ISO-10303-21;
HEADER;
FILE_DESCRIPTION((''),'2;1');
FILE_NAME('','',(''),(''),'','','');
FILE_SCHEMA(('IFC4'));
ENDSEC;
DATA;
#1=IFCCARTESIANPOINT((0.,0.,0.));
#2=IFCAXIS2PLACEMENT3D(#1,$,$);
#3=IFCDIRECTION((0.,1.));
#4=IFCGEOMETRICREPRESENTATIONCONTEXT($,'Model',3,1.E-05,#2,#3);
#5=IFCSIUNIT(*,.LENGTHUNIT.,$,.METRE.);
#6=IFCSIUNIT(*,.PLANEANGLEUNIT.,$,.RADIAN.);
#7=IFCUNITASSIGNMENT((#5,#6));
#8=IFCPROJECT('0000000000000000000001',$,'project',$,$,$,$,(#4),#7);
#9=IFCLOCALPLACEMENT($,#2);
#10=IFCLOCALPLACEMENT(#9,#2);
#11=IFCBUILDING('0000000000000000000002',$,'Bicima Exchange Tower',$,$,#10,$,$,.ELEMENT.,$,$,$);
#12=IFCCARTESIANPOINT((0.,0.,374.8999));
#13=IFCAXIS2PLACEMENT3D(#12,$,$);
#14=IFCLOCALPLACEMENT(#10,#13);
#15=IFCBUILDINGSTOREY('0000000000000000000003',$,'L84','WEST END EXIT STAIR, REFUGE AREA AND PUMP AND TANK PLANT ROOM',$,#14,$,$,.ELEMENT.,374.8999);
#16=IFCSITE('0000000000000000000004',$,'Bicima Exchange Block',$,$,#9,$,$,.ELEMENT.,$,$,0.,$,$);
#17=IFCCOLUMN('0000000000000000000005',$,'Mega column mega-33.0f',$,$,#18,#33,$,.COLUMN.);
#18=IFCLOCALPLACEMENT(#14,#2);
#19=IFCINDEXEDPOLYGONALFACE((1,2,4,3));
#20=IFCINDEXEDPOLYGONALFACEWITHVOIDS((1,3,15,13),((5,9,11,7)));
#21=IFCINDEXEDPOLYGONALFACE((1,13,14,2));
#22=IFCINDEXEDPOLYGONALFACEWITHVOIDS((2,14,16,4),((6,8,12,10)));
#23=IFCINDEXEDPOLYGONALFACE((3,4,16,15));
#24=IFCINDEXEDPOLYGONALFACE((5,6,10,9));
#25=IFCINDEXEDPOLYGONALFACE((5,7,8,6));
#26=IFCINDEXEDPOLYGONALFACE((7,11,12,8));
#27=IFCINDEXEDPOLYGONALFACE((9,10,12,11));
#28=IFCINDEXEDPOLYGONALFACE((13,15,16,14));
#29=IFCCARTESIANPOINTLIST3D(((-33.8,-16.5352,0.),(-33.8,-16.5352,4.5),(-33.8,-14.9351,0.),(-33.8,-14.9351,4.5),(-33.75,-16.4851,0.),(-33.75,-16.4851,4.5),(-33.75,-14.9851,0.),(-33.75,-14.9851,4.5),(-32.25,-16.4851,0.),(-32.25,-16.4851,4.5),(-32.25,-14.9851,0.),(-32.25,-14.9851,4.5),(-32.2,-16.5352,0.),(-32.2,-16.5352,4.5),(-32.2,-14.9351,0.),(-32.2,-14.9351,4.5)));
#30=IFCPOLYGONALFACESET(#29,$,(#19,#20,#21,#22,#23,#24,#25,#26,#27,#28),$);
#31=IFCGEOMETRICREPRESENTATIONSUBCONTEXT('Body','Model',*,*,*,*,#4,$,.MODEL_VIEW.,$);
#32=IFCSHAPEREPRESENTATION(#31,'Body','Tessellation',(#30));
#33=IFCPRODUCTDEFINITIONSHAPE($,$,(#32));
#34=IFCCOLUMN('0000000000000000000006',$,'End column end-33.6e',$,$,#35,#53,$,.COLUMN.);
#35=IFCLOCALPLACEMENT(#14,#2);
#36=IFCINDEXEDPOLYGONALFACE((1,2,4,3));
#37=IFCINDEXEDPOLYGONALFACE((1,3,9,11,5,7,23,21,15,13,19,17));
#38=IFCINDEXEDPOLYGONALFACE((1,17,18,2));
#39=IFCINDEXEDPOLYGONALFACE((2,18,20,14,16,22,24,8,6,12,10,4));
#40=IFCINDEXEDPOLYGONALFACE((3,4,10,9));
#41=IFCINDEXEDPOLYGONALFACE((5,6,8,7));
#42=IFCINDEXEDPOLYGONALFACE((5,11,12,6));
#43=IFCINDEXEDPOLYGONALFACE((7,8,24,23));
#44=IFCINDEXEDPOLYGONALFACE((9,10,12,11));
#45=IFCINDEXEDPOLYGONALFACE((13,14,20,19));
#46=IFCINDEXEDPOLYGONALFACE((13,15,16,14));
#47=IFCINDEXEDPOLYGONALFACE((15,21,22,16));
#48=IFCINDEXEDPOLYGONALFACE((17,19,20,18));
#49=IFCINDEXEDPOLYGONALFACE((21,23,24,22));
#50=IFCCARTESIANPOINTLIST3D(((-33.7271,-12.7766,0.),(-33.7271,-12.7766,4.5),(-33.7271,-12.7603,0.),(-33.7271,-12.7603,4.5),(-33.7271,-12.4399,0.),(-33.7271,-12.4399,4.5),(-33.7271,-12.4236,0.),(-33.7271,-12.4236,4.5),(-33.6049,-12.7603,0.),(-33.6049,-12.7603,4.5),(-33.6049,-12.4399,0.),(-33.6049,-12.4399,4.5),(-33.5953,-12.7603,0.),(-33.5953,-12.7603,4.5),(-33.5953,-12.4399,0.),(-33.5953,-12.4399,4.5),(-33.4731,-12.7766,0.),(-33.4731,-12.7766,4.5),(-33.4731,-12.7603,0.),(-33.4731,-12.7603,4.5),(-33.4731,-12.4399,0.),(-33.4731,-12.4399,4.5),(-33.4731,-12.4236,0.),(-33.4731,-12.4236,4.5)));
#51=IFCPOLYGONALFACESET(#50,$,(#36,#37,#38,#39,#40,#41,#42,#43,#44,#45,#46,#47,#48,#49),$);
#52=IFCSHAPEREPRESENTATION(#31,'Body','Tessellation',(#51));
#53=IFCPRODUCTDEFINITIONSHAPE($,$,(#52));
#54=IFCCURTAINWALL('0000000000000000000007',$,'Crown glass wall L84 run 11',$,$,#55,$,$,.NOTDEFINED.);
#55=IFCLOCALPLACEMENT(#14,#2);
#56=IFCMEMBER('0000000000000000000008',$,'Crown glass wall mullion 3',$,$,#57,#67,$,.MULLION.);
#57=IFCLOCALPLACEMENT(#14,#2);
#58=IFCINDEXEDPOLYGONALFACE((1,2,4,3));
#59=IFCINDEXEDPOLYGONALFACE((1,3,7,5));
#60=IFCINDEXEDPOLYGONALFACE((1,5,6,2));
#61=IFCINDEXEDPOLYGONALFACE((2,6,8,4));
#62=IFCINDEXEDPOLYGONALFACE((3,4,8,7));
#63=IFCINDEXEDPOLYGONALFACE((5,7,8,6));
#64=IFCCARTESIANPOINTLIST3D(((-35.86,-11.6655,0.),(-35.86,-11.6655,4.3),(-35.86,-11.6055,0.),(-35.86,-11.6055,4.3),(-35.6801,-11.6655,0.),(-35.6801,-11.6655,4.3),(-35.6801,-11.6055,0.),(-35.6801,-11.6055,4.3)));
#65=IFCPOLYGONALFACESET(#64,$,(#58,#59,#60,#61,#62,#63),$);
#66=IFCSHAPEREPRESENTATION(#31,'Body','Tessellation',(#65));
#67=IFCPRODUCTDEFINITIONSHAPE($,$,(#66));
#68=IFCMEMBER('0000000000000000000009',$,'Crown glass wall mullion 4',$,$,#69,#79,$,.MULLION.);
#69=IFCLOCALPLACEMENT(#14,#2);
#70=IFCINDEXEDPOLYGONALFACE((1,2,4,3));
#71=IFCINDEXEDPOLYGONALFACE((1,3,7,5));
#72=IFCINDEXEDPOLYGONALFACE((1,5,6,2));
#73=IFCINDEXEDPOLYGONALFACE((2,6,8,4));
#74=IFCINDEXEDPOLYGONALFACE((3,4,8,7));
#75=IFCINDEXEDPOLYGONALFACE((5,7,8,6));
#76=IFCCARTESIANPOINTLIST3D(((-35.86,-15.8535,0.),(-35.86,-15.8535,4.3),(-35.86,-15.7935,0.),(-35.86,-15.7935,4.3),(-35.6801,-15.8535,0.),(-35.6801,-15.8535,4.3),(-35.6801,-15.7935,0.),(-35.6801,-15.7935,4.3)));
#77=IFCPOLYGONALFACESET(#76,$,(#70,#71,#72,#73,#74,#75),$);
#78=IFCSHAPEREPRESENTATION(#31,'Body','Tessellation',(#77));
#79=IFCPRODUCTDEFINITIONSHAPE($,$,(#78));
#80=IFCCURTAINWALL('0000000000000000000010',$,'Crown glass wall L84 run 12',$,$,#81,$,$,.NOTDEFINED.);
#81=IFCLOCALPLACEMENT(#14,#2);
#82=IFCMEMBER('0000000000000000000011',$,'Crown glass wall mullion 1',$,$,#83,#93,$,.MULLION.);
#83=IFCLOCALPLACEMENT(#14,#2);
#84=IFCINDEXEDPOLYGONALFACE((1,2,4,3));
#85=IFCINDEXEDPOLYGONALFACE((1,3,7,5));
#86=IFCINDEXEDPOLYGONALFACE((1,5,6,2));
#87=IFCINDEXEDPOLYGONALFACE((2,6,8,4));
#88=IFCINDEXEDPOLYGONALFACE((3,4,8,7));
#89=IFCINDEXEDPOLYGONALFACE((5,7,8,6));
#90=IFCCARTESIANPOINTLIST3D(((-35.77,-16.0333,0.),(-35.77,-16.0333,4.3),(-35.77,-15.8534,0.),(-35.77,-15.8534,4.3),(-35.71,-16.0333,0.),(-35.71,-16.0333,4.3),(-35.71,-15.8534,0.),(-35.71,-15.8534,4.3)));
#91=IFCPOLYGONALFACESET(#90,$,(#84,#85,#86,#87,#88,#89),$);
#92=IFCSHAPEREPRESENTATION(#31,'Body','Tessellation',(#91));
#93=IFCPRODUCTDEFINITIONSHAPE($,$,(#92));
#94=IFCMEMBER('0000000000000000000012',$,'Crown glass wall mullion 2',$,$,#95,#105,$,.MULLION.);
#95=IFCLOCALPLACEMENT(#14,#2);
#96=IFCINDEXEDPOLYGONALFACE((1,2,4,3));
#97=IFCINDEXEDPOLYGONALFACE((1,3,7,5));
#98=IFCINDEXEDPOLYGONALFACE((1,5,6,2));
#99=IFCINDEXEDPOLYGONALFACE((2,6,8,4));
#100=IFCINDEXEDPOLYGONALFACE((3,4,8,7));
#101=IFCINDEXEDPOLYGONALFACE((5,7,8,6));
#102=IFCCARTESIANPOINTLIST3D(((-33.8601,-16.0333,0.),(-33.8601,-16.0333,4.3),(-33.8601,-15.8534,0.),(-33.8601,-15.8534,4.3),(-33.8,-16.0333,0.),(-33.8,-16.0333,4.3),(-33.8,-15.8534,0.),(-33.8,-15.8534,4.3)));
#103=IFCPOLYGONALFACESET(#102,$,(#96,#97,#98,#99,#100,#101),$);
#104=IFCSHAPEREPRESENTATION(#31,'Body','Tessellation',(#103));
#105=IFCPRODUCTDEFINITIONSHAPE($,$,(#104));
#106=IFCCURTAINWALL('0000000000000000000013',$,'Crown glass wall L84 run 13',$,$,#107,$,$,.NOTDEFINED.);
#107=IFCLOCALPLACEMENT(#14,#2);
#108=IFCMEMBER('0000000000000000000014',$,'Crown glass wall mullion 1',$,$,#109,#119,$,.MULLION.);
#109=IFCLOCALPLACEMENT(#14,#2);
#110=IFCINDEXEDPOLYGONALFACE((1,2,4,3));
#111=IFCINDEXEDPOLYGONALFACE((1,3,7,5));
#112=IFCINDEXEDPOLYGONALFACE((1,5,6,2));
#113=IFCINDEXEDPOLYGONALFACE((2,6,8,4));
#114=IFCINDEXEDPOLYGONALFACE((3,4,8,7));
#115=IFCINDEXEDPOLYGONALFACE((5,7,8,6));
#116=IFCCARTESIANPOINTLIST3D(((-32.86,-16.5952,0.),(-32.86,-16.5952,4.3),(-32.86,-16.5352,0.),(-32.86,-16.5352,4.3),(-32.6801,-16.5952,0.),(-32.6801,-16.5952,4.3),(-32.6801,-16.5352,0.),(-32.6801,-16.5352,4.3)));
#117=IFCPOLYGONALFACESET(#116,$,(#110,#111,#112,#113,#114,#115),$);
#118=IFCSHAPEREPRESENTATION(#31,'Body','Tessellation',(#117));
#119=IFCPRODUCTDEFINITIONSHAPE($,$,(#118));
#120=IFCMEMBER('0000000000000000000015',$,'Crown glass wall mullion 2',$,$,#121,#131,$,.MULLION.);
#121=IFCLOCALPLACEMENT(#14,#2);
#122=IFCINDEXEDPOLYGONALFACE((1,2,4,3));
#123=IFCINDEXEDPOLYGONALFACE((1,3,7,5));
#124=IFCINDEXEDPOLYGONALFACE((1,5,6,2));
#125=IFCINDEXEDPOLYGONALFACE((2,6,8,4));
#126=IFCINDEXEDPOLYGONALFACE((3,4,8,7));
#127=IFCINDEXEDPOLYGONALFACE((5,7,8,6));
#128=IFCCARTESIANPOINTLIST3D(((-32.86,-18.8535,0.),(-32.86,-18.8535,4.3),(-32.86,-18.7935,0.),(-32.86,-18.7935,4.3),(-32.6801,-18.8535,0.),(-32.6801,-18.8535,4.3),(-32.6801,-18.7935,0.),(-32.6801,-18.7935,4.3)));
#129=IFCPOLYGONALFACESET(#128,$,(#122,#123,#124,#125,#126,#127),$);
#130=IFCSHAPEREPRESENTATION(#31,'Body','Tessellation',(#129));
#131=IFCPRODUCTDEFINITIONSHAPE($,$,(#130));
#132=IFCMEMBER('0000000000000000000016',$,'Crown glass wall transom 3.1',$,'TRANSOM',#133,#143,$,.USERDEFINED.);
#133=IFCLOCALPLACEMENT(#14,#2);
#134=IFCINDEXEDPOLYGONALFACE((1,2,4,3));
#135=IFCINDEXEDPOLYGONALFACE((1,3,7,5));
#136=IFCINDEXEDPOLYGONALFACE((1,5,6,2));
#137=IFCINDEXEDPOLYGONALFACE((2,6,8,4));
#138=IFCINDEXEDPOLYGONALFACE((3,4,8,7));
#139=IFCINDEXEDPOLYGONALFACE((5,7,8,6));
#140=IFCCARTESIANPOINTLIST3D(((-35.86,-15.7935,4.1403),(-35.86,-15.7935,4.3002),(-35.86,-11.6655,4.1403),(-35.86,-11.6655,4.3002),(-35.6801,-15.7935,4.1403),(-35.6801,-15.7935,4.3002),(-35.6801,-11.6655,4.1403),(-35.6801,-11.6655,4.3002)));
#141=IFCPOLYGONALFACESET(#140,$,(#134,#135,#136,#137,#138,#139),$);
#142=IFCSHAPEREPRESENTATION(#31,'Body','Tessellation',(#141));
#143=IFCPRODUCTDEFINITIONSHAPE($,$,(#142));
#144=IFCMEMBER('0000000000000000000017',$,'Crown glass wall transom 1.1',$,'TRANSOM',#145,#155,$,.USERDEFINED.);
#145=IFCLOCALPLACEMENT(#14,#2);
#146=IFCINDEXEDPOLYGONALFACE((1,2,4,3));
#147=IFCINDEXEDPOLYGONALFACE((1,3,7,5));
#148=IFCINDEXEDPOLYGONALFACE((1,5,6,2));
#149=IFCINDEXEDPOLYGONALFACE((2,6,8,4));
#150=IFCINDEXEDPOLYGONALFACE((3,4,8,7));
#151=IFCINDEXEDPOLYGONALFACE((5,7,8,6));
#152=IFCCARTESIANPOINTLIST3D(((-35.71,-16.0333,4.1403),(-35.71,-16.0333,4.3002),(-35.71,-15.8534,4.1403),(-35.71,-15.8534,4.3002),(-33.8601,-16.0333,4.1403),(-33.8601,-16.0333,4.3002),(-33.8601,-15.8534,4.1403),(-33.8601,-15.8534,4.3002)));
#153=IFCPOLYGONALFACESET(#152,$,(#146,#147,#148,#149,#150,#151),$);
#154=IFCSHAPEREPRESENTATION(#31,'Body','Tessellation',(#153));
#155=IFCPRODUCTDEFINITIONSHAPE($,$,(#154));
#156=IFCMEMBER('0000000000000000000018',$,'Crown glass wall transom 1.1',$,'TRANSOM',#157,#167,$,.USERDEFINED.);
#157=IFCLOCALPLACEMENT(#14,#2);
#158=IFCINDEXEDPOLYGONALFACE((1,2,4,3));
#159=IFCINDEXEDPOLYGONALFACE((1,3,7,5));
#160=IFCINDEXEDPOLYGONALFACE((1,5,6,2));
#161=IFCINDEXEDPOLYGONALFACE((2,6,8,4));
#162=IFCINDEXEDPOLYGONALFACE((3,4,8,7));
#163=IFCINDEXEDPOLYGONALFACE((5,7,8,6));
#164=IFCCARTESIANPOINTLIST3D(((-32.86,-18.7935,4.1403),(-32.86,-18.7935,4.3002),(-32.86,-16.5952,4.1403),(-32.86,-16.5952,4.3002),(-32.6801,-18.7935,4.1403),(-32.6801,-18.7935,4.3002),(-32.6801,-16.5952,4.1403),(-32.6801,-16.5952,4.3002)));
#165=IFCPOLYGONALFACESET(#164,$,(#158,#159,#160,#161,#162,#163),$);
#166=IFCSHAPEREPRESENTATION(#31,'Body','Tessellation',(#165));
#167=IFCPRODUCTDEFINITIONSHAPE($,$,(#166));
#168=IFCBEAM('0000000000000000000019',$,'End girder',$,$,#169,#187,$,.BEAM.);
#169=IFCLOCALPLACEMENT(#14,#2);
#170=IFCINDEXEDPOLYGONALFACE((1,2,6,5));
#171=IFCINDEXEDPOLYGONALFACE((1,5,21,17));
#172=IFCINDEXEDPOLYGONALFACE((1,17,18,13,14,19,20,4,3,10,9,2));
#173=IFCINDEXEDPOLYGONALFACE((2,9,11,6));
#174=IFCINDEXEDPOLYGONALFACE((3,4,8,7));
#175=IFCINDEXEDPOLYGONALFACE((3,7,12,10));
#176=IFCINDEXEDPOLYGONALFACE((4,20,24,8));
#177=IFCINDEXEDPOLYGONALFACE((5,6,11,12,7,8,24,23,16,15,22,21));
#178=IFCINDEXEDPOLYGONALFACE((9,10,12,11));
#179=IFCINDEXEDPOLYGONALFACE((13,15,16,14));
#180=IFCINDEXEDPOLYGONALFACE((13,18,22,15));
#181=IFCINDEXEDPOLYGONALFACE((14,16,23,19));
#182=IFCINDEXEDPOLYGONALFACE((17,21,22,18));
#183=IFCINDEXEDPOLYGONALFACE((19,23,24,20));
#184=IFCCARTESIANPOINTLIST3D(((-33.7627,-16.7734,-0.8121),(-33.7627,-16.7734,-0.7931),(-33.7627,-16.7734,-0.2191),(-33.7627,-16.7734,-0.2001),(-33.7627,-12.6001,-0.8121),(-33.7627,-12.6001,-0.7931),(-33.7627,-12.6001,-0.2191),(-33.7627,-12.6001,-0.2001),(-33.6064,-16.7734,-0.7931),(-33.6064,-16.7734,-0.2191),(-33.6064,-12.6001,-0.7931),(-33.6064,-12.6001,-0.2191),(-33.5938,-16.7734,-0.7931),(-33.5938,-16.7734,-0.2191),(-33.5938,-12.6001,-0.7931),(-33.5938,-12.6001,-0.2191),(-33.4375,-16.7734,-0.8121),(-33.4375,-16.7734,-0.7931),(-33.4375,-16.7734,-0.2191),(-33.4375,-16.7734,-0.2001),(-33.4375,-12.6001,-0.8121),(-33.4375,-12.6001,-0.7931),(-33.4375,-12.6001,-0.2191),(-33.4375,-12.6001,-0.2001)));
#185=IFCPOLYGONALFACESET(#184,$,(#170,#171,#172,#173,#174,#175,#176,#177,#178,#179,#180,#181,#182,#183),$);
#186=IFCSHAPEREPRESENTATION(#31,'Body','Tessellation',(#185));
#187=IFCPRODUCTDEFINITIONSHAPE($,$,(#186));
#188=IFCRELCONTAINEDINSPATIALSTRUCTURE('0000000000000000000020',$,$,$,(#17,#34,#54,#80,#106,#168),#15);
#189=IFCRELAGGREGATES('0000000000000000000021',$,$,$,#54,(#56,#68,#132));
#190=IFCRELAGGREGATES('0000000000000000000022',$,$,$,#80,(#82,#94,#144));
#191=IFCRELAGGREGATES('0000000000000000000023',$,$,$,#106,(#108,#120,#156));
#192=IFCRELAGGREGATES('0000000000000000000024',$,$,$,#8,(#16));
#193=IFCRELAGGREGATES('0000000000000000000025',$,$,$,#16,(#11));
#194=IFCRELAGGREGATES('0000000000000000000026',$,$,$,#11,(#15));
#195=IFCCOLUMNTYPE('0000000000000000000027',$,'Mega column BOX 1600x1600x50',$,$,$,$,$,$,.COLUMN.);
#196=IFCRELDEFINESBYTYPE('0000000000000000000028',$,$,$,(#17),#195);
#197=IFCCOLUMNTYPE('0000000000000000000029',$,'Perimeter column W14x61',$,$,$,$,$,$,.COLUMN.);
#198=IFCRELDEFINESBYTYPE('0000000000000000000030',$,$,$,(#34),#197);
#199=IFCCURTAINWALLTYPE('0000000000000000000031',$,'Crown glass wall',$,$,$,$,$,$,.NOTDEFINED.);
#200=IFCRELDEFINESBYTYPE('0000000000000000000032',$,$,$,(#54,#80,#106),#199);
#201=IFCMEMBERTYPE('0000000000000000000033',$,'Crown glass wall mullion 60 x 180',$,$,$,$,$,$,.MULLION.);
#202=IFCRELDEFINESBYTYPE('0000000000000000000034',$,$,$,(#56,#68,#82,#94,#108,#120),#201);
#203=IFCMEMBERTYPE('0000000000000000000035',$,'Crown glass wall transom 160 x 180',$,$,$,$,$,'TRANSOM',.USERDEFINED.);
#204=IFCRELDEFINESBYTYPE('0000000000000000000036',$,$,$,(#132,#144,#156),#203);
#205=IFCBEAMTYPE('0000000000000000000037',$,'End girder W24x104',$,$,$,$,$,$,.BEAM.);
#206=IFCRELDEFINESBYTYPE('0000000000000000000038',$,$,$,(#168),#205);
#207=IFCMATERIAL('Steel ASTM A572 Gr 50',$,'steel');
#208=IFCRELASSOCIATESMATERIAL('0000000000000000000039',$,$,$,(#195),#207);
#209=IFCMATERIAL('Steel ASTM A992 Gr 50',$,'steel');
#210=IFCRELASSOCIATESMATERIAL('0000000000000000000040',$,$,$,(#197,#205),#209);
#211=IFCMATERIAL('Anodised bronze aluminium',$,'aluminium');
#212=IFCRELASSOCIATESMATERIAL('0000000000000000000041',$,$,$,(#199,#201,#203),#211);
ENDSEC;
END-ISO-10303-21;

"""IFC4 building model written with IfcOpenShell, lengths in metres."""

from ifc_helpers import new_model, si_unit, direction, frame, origin, origin_2d, place, context, subcontext, project, spatial, rectangle, hollow_rectangle, i_section, extrude, material, material_profile, profile_set, type_object, element, aggregate, save


model = new_model("IFC4")

# Units and contexts
model_context = context("Model", 3, precision=1e-05, world=origin(), true_north=direction((0.0, 1.0)))
body_context = subcontext(model_context, "Body", "Model", "MODEL_VIEW")
ifc_project = project(units=[si_unit("LENGTHUNIT", "METRE"), si_unit("PLANEANGLEUNIT", "RADIAN")], contexts=[model_context])

# Site, building, storey
site_placement = place(None, origin())
site = spatial("IfcSite", under=ifc_project, at=site_placement, Name="Bicima Exchange Block", CompositionType="ELEMENT", RefElevation=0.0)
building_placement = place(site_placement, origin())
building = spatial("IfcBuilding", under=site, at=building_placement, Name="Bicima Exchange Tower", CompositionType="ELEMENT")
storey_placement = place(building_placement, frame((0.0, 0.0, 374.8999)))
storey = spatial("IfcBuildingStorey", under=building, at=storey_placement, Name="L84", Description="WEST END EXIT STAIR, REFUGE AREA AND PUMP AND TANK PLANT ROOM", CompositionType="ELEMENT", Elevation=374.8999)

# Columns
ifc_material_1 = material(Name="Steel ASTM A572 Gr 50", Category="steel")
ifc_material_profile_1 = material_profile(ifc_material_1, hollow_rectangle(XDim=1.6001, YDim=1.6001, WallThickness=0.05, at=origin_2d()))
ifc_profile_set_1 = profile_set([ifc_material_profile_1], Name="Steel ASTM A572 Gr 50")
column_type_1 = type_object("IfcColumnType", Name="Mega column BOX 1600x1600x50", PredefinedType="COLUMN", material=ifc_profile_set_1)
column_1_placement = place(storey_placement, frame((-33.0, -15.7351, 0.0), z_axis=(0.0, 0.0, 1.0), x_axis=(1.0, 0.0, 0.0)))
element("IfcColumn", 1, at=column_1_placement, inside=storey, type_object=column_type_1, Name="Mega column mega-33.0f", PredefinedType="COLUMN", context=body_context, shape_type="SweptSolid", body=[
    extrude(hollow_rectangle(XDim=1.6001, YDim=1.6001, WallThickness=0.05, at=origin_2d()), origin(), (0.0, 0.0, 1.0), 4.5),
])
ifc_material_2 = material(Name="Steel ASTM A992 Gr 50", Category="steel")
ifc_material_profile_2 = material_profile(ifc_material_2, i_section(OverallWidth=0.2539, OverallDepth=0.353, WebThickness=0.0095, FlangeThickness=0.0164, at=origin_2d()))
ifc_profile_set_2 = profile_set([ifc_material_profile_2], Name="Steel ASTM A992 Gr 50")
column_type_2 = type_object("IfcColumnType", Name="Perimeter column W14x61", PredefinedType="COLUMN", material=ifc_profile_set_2)
column_2_placement = place(storey_placement, frame((-33.6001, -12.6001, 0.0), z_axis=(0.0, 0.0, 1.0), x_axis=(1.0, 0.0, 0.0)))
element("IfcColumn", 2, at=column_2_placement, inside=storey, type_object=column_type_2, Name="End column end-33.6e", PredefinedType="COLUMN", context=body_context, shape_type="SweptSolid", body=[
    extrude(i_section(OverallWidth=0.2539, OverallDepth=0.353, WebThickness=0.0095, FlangeThickness=0.0164, at=origin_2d()), origin(), (0.0, 0.0, 1.0), 4.5),
])

# Curtain walls, members
ifc_material_3 = material(Name="Anodised bronze aluminium", Category="aluminium")
curtain_wall_type = type_object("IfcCurtainWallType", Name="Crown glass wall", PredefinedType="NOTDEFINED", material=ifc_material_3)
curtain_wall_1_placement = place(storey_placement, origin())
curtain_wall_1 = element("IfcCurtainWall", 3, at=curtain_wall_1_placement, inside=storey, type_object=curtain_wall_type, Name="Crown glass wall L84 run 11", PredefinedType="NOTDEFINED")
ifc_material_profile_3 = material_profile(ifc_material_3, rectangle(XDim=0.1799, YDim=0.0601, at=origin_2d()))
ifc_profile_set_3 = profile_set([ifc_material_profile_3], Name="Anodised bronze aluminium")
member_type_1 = type_object("IfcMemberType", Name="Crown glass wall mullion 60 x 180", PredefinedType="MULLION", material=ifc_profile_set_3)
member_1_placement = place(storey_placement, frame((-35.77, -11.6355, 0.0), z_axis=(0.0, 0.0, 1.0), x_axis=(1.0, 0.0, 0.0)))
member_1 = element("IfcMember", 4, at=member_1_placement, type_object=member_type_1, Name="Crown glass wall mullion 3", PredefinedType="MULLION", context=body_context, shape_type="SweptSolid", body=[
    extrude(rectangle(XDim=0.1799, YDim=0.0601, at=origin_2d()), origin(), (0.0, 0.0, 1.0), 4.3),
])
member_2_placement = place(storey_placement, frame((-35.77, -15.8235, 0.0), z_axis=(0.0, 0.0, 1.0), x_axis=(1.0, 0.0, 0.0)))
member_2 = element("IfcMember", 5, at=member_2_placement, type_object=member_type_1, Name="Crown glass wall mullion 4", PredefinedType="MULLION", context=body_context, shape_type="SweptSolid", body=[
    extrude(rectangle(XDim=0.1799, YDim=0.0601, at=origin_2d()), origin(), (0.0, 0.0, 1.0), 4.3),
])
curtain_wall_2_placement = place(storey_placement, origin())
curtain_wall_2 = element("IfcCurtainWall", 6, at=curtain_wall_2_placement, inside=storey, type_object=curtain_wall_type, Name="Crown glass wall L84 run 12", PredefinedType="NOTDEFINED")
member_3_placement = place(storey_placement, frame((-35.74, -15.9434, 0.0), z_axis=(0.0, 0.0, 1.0), x_axis=(0.0, 1.0, 0.0)))
member_3 = element("IfcMember", 7, at=member_3_placement, type_object=member_type_1, Name="Crown glass wall mullion 1", PredefinedType="MULLION", context=body_context, shape_type="SweptSolid", body=[
    extrude(rectangle(XDim=0.1799, YDim=0.0601, at=origin_2d()), origin(), (0.0, 0.0, 1.0), 4.3),
])
member_4_placement = place(storey_placement, frame((-33.8301, -15.9434, 0.0), z_axis=(0.0, 0.0, 1.0), x_axis=(0.0, 1.0, 0.0)))
member_4 = element("IfcMember", 8, at=member_4_placement, type_object=member_type_1, Name="Crown glass wall mullion 2", PredefinedType="MULLION", context=body_context, shape_type="SweptSolid", body=[
    extrude(rectangle(XDim=0.1799, YDim=0.0601, at=origin_2d()), origin(), (0.0, 0.0, 1.0), 4.3),
])
curtain_wall_3_placement = place(storey_placement, origin())
curtain_wall_3 = element("IfcCurtainWall", 9, at=curtain_wall_3_placement, inside=storey, type_object=curtain_wall_type, Name="Crown glass wall L84 run 13", PredefinedType="NOTDEFINED")
member_5_placement = place(storey_placement, frame((-32.77, -16.5652, 0.0), z_axis=(0.0, 0.0, 1.0), x_axis=(1.0, 0.0, 0.0)))
member_5 = element("IfcMember", 10, at=member_5_placement, type_object=member_type_1, Name="Crown glass wall mullion 1", PredefinedType="MULLION", context=body_context, shape_type="SweptSolid", body=[
    extrude(rectangle(XDim=0.1799, YDim=0.0601, at=origin_2d()), origin(), (0.0, 0.0, 1.0), 4.3),
])
member_6_placement = place(storey_placement, frame((-32.77, -18.8235, 0.0), z_axis=(0.0, 0.0, 1.0), x_axis=(1.0, 0.0, 0.0)))
member_6 = element("IfcMember", 11, at=member_6_placement, type_object=member_type_1, Name="Crown glass wall mullion 2", PredefinedType="MULLION", context=body_context, shape_type="SweptSolid", body=[
    extrude(rectangle(XDim=0.1799, YDim=0.0601, at=origin_2d()), origin(), (0.0, 0.0, 1.0), 4.3),
])

# Members
ifc_material_profile_4 = material_profile(ifc_material_3, rectangle(XDim=0.1799, YDim=0.1599, at=origin_2d()))
ifc_profile_set_4 = profile_set([ifc_material_profile_4], Name="Anodised bronze aluminium")
member_type_2 = type_object("IfcMemberType", Name="Crown glass wall transom 160 x 180", ElementType="TRANSOM", PredefinedType="USERDEFINED", material=ifc_profile_set_4)
member_7_placement = place(storey_placement, frame((-35.77, -11.6655, 4.2202), z_axis=(0.0, -1.0, 0.0), x_axis=(1.0, 0.0, 0.0)))
member_7 = element("IfcMember", 12, at=member_7_placement, type_object=member_type_2, Name="Crown glass wall transom 3.1", ObjectType="TRANSOM", PredefinedType="USERDEFINED", context=body_context, shape_type="SweptSolid", body=[
    extrude(rectangle(XDim=0.1799, YDim=0.1599, at=origin_2d()), origin(), (0.0, 0.0, 1.0), 4.1279),
])
member_8_placement = place(storey_placement, frame((-35.71, -15.9434, 4.2202), z_axis=(1.0, 0.0, 0.0), x_axis=(0.0, 1.0, 0.0)))
member_8 = element("IfcMember", 13, at=member_8_placement, type_object=member_type_2, Name="Crown glass wall transom 1.1", ObjectType="TRANSOM", PredefinedType="USERDEFINED", context=body_context, shape_type="SweptSolid", body=[
    extrude(rectangle(XDim=0.1799, YDim=0.1599, at=origin_2d()), origin(), (0.0, 0.0, 1.0), 1.8499),
])
member_9_placement = place(storey_placement, frame((-32.77, -16.5952, 4.2202), z_axis=(0.0, -1.0, 0.0), x_axis=(1.0, 0.0, 0.0)))
member_9 = element("IfcMember", 14, at=member_9_placement, type_object=member_type_2, Name="Crown glass wall transom 1.1", ObjectType="TRANSOM", PredefinedType="USERDEFINED", context=body_context, shape_type="SweptSolid", body=[
    extrude(rectangle(XDim=0.1799, YDim=0.1599, at=origin_2d()), origin(), (0.0, 0.0, 1.0), 2.1982),
])

# Beam
ifc_material_profile_5 = material_profile(ifc_material_2, i_section(OverallWidth=0.3252, OverallDepth=0.6121, WebThickness=0.0127, FlangeThickness=0.019, at=origin_2d()))
ifc_profile_set_5 = profile_set([ifc_material_profile_5], Name="Steel ASTM A992 Gr 50")
beam_type_1 = type_object("IfcBeamType", Name="End girder W24x104", PredefinedType="BEAM", material=ifc_profile_set_5)
beam_1_placement = place(storey_placement, frame((-33.6001, -12.6001, -0.5061), z_axis=(0.0, -1.0, 0.0), x_axis=(1.0, 0.0, 0.0)))
element("IfcBeam", 15, at=beam_1_placement, inside=storey, type_object=beam_type_1, Name="End girder", PredefinedType="BEAM", context=body_context, shape_type="SweptSolid", body=[
    extrude(i_section(OverallWidth=0.3252, OverallDepth=0.6121, WebThickness=0.0127, FlangeThickness=0.019, at=origin_2d()), origin(), (0.0, 0.0, 1.0), 4.1733),
])

aggregate(curtain_wall_1, [member_1, member_2, member_7])
aggregate(curtain_wall_2, [member_3, member_4, member_8])
aggregate(curtain_wall_3, [member_5, member_6, member_9])

save(model, "model.ifc")
